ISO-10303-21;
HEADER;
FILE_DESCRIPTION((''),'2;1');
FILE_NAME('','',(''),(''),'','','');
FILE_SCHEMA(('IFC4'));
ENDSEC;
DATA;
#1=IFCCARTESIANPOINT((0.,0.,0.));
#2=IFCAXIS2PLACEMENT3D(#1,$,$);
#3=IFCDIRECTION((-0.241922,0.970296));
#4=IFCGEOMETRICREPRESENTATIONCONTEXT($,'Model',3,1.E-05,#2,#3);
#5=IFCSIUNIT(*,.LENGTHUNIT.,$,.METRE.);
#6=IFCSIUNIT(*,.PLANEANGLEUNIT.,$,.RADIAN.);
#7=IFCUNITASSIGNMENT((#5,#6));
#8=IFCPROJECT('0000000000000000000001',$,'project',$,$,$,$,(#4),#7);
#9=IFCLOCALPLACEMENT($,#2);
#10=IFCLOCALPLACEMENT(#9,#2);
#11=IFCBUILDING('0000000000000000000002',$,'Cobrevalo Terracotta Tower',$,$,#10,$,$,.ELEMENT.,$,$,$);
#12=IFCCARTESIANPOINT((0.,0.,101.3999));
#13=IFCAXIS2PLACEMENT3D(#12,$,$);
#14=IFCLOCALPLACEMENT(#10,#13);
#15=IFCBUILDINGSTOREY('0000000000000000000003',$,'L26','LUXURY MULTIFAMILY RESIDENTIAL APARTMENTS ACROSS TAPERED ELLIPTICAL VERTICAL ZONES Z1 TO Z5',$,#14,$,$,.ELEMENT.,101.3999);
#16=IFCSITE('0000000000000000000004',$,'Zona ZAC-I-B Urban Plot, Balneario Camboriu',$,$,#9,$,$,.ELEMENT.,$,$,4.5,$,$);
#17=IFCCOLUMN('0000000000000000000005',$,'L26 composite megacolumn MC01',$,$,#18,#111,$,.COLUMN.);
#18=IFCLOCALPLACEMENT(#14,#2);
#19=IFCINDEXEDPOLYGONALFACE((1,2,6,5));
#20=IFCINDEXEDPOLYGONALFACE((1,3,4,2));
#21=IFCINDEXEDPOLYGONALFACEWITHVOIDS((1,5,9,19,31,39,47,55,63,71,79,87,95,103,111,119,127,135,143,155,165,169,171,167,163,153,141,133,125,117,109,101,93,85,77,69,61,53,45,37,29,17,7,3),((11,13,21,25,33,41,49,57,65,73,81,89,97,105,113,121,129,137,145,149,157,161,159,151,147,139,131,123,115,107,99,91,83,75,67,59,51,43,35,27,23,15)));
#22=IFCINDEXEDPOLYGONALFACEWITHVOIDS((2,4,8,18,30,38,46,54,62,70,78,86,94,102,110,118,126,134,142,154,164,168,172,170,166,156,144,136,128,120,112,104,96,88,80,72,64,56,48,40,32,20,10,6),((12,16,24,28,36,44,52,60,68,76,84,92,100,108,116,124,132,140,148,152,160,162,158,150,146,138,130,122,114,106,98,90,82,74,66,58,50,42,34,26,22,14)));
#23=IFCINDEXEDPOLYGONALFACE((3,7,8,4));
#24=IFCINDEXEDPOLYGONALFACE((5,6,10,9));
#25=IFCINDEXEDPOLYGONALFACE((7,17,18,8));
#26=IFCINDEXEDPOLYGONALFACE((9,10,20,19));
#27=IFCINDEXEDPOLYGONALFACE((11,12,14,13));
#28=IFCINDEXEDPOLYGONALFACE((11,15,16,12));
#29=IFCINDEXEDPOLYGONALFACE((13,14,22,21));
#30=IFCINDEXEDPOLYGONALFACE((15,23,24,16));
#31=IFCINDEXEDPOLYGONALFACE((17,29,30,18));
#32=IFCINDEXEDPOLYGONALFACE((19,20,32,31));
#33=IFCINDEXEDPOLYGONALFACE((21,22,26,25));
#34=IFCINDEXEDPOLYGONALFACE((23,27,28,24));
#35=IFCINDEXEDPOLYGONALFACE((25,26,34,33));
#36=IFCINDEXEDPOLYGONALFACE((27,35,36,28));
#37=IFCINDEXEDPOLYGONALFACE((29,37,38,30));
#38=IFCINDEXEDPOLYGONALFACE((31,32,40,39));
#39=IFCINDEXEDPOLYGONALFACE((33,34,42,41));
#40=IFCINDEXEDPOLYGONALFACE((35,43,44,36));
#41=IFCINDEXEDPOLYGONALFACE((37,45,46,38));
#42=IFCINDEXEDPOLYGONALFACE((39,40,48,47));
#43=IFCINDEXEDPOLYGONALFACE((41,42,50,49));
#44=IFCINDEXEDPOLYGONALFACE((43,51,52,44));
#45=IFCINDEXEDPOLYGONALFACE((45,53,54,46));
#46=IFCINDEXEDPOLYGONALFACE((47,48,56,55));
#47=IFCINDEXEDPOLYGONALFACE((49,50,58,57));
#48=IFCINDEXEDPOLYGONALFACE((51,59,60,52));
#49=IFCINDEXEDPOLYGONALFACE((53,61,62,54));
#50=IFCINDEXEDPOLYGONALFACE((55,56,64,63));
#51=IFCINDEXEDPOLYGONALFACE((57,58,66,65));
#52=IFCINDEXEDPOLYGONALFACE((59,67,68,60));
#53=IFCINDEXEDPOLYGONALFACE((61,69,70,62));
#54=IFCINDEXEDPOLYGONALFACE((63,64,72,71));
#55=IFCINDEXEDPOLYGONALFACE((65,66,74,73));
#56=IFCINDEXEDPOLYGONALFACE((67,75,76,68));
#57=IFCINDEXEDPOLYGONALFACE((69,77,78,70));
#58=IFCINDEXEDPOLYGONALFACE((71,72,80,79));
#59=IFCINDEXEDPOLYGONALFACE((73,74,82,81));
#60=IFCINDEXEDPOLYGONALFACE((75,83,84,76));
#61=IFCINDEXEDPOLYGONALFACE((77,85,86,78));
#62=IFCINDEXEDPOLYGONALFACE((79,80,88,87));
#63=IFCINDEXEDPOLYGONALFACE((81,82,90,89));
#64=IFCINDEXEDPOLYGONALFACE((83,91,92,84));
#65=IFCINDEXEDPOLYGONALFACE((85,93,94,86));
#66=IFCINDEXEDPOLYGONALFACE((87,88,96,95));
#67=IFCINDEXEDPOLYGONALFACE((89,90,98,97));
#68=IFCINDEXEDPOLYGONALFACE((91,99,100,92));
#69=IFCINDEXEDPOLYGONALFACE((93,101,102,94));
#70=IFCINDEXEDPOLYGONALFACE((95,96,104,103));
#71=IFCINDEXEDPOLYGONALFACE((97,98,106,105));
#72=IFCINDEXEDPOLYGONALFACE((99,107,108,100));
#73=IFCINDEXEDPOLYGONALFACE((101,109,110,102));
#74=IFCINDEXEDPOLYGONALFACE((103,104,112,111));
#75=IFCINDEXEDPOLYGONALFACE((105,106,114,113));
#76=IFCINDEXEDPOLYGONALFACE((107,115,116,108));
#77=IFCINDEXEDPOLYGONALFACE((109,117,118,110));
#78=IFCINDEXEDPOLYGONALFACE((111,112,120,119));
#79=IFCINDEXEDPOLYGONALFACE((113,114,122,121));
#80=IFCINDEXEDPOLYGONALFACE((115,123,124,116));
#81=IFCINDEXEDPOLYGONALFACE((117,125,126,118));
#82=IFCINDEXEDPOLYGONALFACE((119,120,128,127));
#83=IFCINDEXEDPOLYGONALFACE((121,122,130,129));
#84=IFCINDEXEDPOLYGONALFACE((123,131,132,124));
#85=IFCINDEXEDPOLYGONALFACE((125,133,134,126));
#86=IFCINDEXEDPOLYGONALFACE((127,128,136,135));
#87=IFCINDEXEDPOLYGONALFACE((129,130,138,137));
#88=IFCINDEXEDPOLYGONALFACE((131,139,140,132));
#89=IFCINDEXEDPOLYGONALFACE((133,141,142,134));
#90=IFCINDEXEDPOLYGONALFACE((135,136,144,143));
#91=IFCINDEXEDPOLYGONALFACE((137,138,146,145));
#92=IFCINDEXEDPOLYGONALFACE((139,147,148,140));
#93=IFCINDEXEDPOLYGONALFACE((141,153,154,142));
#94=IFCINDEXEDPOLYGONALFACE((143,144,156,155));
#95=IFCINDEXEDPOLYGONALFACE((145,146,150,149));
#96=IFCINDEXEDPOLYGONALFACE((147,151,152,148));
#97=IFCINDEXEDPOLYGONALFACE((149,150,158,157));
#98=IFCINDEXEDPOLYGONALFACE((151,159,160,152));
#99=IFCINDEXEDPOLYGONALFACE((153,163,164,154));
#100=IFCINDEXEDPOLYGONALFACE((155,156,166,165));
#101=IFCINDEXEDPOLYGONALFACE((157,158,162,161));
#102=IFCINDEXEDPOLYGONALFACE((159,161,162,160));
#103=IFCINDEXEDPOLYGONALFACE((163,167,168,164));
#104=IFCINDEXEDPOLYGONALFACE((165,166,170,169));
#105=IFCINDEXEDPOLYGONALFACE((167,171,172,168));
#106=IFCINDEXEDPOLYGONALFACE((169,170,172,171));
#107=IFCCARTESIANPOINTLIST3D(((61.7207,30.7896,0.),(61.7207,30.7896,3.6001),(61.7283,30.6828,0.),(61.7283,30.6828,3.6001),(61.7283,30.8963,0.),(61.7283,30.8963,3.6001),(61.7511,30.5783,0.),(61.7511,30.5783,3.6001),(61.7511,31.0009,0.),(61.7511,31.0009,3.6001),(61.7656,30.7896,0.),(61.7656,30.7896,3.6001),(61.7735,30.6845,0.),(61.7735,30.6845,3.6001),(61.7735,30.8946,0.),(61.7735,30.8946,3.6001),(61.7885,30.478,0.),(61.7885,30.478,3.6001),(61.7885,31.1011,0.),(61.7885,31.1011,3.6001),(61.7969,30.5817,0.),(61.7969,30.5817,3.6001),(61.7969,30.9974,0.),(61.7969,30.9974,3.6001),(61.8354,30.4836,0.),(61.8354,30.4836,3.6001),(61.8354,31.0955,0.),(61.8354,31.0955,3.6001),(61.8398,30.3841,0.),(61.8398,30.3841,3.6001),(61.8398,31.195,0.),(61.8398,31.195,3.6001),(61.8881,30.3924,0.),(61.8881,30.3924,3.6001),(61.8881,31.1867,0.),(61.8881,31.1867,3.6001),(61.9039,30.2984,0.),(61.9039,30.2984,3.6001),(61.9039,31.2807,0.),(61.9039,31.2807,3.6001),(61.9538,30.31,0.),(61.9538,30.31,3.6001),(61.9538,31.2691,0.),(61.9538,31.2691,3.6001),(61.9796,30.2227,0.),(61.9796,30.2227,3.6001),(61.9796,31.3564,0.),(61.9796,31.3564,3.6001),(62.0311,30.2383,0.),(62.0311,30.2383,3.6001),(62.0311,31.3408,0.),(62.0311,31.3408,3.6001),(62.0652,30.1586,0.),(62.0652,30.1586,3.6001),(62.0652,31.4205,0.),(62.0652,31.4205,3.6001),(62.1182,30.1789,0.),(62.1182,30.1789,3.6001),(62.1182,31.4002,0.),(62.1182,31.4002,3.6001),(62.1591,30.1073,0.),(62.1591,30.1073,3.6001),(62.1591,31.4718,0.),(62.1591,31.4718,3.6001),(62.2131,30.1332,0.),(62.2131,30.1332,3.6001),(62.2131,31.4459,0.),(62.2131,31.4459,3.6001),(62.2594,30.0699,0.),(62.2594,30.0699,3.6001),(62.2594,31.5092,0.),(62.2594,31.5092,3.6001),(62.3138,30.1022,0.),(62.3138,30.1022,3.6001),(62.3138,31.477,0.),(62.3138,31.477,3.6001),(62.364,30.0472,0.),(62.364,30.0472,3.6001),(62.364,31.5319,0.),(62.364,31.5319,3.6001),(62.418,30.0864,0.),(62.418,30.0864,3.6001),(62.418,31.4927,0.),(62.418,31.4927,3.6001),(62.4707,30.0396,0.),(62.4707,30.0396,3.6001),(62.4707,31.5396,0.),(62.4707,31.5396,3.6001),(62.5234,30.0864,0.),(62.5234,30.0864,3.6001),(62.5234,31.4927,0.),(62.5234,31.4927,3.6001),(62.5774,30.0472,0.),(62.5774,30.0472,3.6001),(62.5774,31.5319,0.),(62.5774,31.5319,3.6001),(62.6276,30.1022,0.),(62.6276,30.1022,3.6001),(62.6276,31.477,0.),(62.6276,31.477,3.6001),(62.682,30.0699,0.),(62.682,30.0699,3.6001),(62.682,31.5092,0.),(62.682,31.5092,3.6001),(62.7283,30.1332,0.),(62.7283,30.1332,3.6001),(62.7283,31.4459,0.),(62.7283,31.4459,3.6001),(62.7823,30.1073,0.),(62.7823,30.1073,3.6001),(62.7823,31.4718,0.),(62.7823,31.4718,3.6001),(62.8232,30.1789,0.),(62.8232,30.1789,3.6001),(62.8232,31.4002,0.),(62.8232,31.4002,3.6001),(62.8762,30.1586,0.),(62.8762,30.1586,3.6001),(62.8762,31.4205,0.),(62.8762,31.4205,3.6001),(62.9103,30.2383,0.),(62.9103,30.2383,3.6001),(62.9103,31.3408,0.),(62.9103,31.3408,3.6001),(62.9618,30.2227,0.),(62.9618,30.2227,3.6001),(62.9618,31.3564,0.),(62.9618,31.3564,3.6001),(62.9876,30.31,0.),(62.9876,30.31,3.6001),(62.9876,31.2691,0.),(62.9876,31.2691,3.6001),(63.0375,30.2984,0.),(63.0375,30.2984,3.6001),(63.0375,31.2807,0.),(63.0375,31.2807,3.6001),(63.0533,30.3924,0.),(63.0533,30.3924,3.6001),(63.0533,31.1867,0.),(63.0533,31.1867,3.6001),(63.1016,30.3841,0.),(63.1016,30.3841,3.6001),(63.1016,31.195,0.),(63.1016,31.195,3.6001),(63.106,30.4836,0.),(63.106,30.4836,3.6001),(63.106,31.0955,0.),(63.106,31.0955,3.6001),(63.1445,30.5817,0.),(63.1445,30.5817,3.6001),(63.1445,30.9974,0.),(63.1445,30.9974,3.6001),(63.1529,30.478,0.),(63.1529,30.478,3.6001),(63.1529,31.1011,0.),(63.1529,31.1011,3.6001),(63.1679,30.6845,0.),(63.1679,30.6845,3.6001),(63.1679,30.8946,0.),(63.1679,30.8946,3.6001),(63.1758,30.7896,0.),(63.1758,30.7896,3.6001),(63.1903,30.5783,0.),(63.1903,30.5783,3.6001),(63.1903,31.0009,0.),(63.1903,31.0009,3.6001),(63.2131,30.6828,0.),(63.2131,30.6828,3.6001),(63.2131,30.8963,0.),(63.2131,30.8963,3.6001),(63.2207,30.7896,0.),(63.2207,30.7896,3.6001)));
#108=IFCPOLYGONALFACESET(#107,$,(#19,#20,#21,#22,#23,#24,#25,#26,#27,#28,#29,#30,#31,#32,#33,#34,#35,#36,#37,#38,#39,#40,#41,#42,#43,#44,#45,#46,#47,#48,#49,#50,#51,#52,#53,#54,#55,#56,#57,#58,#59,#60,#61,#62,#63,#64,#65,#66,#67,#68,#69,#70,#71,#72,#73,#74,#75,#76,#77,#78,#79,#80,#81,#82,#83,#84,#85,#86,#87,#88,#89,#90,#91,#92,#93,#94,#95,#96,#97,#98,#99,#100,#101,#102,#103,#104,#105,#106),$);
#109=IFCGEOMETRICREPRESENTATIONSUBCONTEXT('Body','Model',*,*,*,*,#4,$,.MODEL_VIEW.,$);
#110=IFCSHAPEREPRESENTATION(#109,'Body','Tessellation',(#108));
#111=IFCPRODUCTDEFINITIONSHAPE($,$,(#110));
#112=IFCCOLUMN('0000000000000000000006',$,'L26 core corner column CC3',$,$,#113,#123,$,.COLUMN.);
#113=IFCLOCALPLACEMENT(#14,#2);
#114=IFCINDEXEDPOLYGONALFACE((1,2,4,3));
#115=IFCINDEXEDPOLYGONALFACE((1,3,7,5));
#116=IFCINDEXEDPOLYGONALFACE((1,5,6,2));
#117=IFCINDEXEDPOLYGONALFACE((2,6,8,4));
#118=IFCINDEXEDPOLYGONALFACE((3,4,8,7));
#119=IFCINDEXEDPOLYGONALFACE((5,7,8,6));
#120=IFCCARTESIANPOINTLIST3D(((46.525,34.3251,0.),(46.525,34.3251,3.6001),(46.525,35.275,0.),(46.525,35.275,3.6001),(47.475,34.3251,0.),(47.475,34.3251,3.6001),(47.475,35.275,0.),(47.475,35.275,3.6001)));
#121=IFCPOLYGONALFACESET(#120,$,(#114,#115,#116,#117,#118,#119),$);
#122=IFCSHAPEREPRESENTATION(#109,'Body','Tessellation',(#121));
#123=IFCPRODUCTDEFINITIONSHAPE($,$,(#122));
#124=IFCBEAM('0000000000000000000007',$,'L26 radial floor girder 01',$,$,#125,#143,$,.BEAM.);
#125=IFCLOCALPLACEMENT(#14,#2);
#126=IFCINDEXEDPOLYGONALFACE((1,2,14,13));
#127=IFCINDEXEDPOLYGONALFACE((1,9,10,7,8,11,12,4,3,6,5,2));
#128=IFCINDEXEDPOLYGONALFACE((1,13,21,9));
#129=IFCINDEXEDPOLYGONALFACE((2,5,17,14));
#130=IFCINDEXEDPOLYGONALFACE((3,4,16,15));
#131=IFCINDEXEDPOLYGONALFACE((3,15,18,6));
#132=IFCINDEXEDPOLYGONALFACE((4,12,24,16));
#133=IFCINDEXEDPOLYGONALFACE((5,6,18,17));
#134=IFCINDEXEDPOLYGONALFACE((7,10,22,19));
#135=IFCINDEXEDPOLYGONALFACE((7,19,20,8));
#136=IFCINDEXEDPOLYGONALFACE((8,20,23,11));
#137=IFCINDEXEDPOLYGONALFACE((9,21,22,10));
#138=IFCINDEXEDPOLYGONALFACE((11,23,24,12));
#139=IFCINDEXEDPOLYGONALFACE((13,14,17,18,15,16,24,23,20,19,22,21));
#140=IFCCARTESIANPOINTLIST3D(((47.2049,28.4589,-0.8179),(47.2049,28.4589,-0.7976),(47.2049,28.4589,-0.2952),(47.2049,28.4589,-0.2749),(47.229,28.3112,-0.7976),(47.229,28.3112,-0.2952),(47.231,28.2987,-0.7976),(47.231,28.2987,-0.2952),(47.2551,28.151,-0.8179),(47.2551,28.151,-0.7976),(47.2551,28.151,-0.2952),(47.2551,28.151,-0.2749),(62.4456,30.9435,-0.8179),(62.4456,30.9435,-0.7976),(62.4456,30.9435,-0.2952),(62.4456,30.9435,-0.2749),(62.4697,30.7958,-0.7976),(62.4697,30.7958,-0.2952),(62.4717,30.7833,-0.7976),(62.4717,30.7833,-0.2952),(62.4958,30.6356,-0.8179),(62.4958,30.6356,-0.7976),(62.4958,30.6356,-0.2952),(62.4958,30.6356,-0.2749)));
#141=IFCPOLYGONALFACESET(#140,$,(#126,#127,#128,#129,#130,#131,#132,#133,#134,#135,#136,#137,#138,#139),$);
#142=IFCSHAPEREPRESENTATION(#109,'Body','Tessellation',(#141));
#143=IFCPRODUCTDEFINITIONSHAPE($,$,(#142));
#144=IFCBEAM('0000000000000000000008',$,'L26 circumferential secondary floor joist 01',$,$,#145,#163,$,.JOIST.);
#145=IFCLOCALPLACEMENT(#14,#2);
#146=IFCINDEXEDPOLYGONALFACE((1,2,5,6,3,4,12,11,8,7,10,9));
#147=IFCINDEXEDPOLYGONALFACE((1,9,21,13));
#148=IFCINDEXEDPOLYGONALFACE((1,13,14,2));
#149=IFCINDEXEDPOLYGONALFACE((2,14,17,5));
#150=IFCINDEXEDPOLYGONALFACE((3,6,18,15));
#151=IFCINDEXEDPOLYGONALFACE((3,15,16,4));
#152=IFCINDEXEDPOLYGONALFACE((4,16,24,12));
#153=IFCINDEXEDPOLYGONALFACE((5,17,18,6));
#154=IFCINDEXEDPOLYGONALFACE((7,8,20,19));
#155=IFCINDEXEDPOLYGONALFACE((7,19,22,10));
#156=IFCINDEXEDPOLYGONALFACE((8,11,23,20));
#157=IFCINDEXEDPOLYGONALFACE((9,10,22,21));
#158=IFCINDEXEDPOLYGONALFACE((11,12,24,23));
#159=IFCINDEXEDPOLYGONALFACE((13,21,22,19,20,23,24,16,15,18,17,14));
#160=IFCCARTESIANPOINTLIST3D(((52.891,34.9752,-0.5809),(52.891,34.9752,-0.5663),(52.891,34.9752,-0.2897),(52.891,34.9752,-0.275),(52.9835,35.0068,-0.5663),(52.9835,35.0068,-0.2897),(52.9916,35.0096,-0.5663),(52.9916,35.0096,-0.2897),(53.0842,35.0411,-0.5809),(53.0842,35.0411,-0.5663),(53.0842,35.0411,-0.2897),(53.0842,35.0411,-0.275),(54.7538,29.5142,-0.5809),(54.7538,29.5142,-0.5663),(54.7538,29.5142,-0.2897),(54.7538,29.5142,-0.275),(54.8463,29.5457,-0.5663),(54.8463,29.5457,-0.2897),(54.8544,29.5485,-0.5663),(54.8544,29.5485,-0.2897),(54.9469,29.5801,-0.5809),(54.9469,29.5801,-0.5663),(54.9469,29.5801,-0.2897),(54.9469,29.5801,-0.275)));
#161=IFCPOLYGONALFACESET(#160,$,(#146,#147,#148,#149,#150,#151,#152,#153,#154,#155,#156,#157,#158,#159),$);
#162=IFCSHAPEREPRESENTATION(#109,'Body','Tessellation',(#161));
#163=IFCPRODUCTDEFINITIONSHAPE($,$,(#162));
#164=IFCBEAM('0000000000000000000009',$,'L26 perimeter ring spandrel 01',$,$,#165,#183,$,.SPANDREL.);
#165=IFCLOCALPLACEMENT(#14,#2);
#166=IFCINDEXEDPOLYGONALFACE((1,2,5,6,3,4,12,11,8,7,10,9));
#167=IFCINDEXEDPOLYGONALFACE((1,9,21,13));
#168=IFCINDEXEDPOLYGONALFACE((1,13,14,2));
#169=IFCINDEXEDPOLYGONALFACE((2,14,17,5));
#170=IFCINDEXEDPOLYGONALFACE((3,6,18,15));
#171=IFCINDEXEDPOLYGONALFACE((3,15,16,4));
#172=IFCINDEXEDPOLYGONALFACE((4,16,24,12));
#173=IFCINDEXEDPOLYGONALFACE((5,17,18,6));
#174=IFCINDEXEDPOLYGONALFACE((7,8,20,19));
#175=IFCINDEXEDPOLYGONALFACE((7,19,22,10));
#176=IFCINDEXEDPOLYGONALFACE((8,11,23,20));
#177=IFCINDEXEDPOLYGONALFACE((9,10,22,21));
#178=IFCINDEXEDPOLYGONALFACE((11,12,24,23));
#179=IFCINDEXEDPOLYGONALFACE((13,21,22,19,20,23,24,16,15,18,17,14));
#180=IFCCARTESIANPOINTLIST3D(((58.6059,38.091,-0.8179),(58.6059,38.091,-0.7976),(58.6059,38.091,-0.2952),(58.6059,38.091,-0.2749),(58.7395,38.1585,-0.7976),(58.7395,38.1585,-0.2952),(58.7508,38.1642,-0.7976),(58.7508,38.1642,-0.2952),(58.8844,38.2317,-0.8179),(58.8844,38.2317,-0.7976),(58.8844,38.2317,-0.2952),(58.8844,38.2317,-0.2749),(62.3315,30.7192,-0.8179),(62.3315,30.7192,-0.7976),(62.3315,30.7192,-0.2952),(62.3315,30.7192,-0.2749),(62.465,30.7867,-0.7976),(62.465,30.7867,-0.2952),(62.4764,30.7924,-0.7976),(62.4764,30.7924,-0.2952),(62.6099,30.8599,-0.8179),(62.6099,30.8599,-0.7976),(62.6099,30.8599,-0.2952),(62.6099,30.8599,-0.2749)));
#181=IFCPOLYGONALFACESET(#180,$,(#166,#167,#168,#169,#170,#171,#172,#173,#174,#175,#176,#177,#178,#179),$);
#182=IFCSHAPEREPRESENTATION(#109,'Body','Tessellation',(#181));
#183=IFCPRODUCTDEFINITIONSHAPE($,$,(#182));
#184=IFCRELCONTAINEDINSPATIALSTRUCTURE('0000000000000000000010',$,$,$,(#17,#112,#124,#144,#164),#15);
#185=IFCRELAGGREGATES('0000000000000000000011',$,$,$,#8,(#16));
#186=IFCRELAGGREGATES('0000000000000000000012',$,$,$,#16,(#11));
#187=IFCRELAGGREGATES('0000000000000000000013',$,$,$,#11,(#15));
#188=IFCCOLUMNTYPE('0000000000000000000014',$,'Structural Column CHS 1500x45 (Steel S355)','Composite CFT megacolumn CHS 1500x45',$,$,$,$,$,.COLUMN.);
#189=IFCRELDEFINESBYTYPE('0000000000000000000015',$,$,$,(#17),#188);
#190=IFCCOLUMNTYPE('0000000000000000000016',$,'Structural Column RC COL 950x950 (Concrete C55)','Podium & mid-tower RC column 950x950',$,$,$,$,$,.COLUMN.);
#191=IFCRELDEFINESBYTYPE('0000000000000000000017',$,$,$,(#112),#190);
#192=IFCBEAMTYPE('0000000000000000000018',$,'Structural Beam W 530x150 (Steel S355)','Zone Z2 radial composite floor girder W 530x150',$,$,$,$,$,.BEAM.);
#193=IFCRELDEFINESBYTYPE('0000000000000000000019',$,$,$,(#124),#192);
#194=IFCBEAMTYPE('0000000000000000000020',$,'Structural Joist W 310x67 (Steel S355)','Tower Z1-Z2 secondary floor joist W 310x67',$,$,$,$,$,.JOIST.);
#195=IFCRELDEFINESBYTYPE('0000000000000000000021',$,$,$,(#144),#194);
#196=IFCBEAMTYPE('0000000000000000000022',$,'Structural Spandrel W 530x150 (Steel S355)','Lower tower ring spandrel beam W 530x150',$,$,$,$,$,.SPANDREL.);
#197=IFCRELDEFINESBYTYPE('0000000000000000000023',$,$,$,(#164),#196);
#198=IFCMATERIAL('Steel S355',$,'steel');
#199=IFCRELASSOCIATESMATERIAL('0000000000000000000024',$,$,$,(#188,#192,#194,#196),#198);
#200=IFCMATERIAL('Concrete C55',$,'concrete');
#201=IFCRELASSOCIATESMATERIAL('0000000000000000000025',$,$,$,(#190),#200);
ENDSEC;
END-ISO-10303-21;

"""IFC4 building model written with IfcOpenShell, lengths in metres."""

from ifc_helpers import new_model, si_unit, direction, frame, origin, origin_2d, place, context, subcontext, project, spatial, rectangle, hollow_circle, i_section, extrude, material, material_profile, profile_set, type_object, element, save


model = new_model("IFC4")

# Units and contexts
model_context = context("Model", 3, precision=1e-05, world=origin(), true_north=direction((-0.241922, 0.970296)))
body_context = subcontext(model_context, "Body", "Model", "MODEL_VIEW")
ifc_project = project(units=[si_unit("LENGTHUNIT", "METRE"), si_unit("PLANEANGLEUNIT", "RADIAN")], contexts=[model_context])

# Site, building, storey
site_placement = place(None, origin())
site = spatial("IfcSite", under=ifc_project, at=site_placement, Name="Zona ZAC-I-B Urban Plot, Balneario Camboriu", CompositionType="ELEMENT", RefElevation=4.5)
building_placement = place(site_placement, origin())
building = spatial("IfcBuilding", under=site, at=building_placement, Name="Cobrevalo Terracotta Tower", CompositionType="ELEMENT")
storey_placement = place(building_placement, frame((0.0, 0.0, 101.3999)))
storey = spatial("IfcBuildingStorey", under=building, at=storey_placement, Name="L26", Description="LUXURY MULTIFAMILY RESIDENTIAL APARTMENTS ACROSS TAPERED ELLIPTICAL VERTICAL ZONES Z1 TO Z5", CompositionType="ELEMENT", Elevation=101.3999)

# Columns
ifc_material_1 = material(Name="Steel S355", Category="steel")
ifc_material_profile_1 = material_profile(ifc_material_1, hollow_circle(Radius=0.75, WallThickness=0.0449, at=origin_2d()), Name="CHS 1500x45")
ifc_profile_set_1 = profile_set([ifc_material_profile_1], Name="Steel S355")
column_type_1 = type_object("IfcColumnType", Name="Structural Column CHS 1500x45 (Steel S355)", Description="Composite CFT megacolumn CHS 1500x45", PredefinedType="COLUMN", material=ifc_profile_set_1)
column_1_placement = place(storey_placement, frame((62.4707, 30.7896, 0.0), z_axis=(0.0, 0.0, 1.0), x_axis=(1.0, 0.0, 0.0)))
element("IfcColumn", 1, at=column_1_placement, inside=storey, type_object=column_type_1, Name="L26 composite megacolumn MC01", PredefinedType="COLUMN", context=body_context, shape_type="SweptSolid", body=[
    extrude(hollow_circle(Radius=0.75, WallThickness=0.0449, at=origin_2d()), origin(), (0.0, 0.0, 1.0), 3.6001),
])
ifc_material_2 = material(Name="Concrete C55", Category="concrete")
ifc_material_profile_2 = material_profile(ifc_material_2, rectangle(XDim=0.95, YDim=0.95, at=origin_2d()), Name="RC COL 950x950")
ifc_profile_set_2 = profile_set([ifc_material_profile_2], Name="Concrete C55")
column_type_2 = type_object("IfcColumnType", Name="Structural Column RC COL 950x950 (Concrete C55)", Description="Podium & mid-tower RC column 950x950", PredefinedType="COLUMN", material=ifc_profile_set_2)
column_2_placement = place(storey_placement, frame((47.0, 34.8, 0.0), z_axis=(0.0, 0.0, 1.0), x_axis=(1.0, 0.0, 0.0)))
element("IfcColumn", 2, at=column_2_placement, inside=storey, type_object=column_type_2, Name="L26 core corner column CC3", PredefinedType="COLUMN", context=body_context, shape_type="SweptSolid", body=[
    extrude(rectangle(XDim=0.95, YDim=0.95, at=origin_2d()), origin(), (0.0, 0.0, 1.0), 3.6001),
])

# Beams
ifc_material_profile_3 = material_profile(ifc_material_1, i_section(OverallWidth=0.312, OverallDepth=0.543, WebThickness=0.0127, FlangeThickness=0.0203, at=origin_2d()), Name="W 530x150")
ifc_profile_set_3 = profile_set([ifc_material_profile_3], Name="Steel S355")
beam_type_1 = type_object("IfcBeamType", Name="Structural Beam W 530x150 (Steel S355)", Description="Zone Z2 radial composite floor girder W 530x150", PredefinedType="BEAM", material=ifc_profile_set_3)
beam_1_placement = place(storey_placement, frame((62.4707, 30.7896, -0.5464), z_axis=(-0.986971, -0.160901, 0.0), x_axis=(0.160901, -0.986971, 0.0)))
element("IfcBeam", 3, at=beam_1_placement, inside=storey, type_object=beam_type_1, Name="L26 radial floor girder 01", PredefinedType="BEAM", context=body_context, shape_type="SweptSolid", body=[
    extrude(i_section(OverallWidth=0.312, OverallDepth=0.543, WebThickness=0.0127, FlangeThickness=0.0203, at=origin_2d()), origin(), (0.0, 0.0, 1.0), 15.4419),
])
ifc_material_profile_4 = material_profile(ifc_material_1, i_section(OverallWidth=0.2041, OverallDepth=0.3059, WebThickness=0.0085, FlangeThickness=0.0146, at=origin_2d()), Name="W 310x67")
ifc_profile_set_4 = profile_set([ifc_material_profile_4], Name="Steel S355")
beam_type_2 = type_object("IfcBeamType", Name="Structural Joist W 310x67 (Steel S355)", Description="Tower Z1-Z2 secondary floor joist W 310x67", PredefinedType="JOIST", material=ifc_profile_set_4)
beam_2_placement = place(storey_placement, frame((54.8503, 29.5471, -0.428), z_axis=(-0.322833, 0.946456, 0.0), x_axis=(-0.946456, -0.322833, 0.0)))
element("IfcBeam", 4, at=beam_2_placement, inside=storey, type_object=beam_type_2, Name="L26 circumferential secondary floor joist 01", PredefinedType="JOIST", context=body_context, shape_type="SweptSolid", body=[
    extrude(i_section(OverallWidth=0.2041, OverallDepth=0.3059, WebThickness=0.0085, FlangeThickness=0.0146, at=origin_2d()), origin(), (0.0, 0.0, 1.0), 5.77),
])
ifc_material_profile_5 = material_profile(ifc_material_1, i_section(OverallWidth=0.312, OverallDepth=0.543, WebThickness=0.0127, FlangeThickness=0.0203, at=origin_2d()), Name="W 530x150")
ifc_profile_set_5 = profile_set([ifc_material_profile_5], Name="Steel S355")
beam_type_3 = type_object("IfcBeamType", Name="Structural Spandrel W 530x150 (Steel S355)", Description="Lower tower ring spandrel beam W 530x150", PredefinedType="SPANDREL", material=ifc_profile_set_5)
beam_3_placement = place(storey_placement, frame((62.4707, 30.7896, -0.5464), z_axis=(-0.451052, 0.892498, 0.0), x_axis=(-0.892498, -0.451052, 0.0)))
element("IfcBeam", 5, at=beam_3_placement, inside=storey, type_object=beam_type_3, Name="L26 perimeter ring spandrel 01", PredefinedType="SPANDREL", context=body_context, shape_type="SweptSolid", body=[
    extrude(i_section(OverallWidth=0.312, OverallDepth=0.543, WebThickness=0.0127, FlangeThickness=0.0203, at=origin_2d()), origin(), (0.0, 0.0, 1.0), 8.2598),
])

save(model, "model.ifc")
